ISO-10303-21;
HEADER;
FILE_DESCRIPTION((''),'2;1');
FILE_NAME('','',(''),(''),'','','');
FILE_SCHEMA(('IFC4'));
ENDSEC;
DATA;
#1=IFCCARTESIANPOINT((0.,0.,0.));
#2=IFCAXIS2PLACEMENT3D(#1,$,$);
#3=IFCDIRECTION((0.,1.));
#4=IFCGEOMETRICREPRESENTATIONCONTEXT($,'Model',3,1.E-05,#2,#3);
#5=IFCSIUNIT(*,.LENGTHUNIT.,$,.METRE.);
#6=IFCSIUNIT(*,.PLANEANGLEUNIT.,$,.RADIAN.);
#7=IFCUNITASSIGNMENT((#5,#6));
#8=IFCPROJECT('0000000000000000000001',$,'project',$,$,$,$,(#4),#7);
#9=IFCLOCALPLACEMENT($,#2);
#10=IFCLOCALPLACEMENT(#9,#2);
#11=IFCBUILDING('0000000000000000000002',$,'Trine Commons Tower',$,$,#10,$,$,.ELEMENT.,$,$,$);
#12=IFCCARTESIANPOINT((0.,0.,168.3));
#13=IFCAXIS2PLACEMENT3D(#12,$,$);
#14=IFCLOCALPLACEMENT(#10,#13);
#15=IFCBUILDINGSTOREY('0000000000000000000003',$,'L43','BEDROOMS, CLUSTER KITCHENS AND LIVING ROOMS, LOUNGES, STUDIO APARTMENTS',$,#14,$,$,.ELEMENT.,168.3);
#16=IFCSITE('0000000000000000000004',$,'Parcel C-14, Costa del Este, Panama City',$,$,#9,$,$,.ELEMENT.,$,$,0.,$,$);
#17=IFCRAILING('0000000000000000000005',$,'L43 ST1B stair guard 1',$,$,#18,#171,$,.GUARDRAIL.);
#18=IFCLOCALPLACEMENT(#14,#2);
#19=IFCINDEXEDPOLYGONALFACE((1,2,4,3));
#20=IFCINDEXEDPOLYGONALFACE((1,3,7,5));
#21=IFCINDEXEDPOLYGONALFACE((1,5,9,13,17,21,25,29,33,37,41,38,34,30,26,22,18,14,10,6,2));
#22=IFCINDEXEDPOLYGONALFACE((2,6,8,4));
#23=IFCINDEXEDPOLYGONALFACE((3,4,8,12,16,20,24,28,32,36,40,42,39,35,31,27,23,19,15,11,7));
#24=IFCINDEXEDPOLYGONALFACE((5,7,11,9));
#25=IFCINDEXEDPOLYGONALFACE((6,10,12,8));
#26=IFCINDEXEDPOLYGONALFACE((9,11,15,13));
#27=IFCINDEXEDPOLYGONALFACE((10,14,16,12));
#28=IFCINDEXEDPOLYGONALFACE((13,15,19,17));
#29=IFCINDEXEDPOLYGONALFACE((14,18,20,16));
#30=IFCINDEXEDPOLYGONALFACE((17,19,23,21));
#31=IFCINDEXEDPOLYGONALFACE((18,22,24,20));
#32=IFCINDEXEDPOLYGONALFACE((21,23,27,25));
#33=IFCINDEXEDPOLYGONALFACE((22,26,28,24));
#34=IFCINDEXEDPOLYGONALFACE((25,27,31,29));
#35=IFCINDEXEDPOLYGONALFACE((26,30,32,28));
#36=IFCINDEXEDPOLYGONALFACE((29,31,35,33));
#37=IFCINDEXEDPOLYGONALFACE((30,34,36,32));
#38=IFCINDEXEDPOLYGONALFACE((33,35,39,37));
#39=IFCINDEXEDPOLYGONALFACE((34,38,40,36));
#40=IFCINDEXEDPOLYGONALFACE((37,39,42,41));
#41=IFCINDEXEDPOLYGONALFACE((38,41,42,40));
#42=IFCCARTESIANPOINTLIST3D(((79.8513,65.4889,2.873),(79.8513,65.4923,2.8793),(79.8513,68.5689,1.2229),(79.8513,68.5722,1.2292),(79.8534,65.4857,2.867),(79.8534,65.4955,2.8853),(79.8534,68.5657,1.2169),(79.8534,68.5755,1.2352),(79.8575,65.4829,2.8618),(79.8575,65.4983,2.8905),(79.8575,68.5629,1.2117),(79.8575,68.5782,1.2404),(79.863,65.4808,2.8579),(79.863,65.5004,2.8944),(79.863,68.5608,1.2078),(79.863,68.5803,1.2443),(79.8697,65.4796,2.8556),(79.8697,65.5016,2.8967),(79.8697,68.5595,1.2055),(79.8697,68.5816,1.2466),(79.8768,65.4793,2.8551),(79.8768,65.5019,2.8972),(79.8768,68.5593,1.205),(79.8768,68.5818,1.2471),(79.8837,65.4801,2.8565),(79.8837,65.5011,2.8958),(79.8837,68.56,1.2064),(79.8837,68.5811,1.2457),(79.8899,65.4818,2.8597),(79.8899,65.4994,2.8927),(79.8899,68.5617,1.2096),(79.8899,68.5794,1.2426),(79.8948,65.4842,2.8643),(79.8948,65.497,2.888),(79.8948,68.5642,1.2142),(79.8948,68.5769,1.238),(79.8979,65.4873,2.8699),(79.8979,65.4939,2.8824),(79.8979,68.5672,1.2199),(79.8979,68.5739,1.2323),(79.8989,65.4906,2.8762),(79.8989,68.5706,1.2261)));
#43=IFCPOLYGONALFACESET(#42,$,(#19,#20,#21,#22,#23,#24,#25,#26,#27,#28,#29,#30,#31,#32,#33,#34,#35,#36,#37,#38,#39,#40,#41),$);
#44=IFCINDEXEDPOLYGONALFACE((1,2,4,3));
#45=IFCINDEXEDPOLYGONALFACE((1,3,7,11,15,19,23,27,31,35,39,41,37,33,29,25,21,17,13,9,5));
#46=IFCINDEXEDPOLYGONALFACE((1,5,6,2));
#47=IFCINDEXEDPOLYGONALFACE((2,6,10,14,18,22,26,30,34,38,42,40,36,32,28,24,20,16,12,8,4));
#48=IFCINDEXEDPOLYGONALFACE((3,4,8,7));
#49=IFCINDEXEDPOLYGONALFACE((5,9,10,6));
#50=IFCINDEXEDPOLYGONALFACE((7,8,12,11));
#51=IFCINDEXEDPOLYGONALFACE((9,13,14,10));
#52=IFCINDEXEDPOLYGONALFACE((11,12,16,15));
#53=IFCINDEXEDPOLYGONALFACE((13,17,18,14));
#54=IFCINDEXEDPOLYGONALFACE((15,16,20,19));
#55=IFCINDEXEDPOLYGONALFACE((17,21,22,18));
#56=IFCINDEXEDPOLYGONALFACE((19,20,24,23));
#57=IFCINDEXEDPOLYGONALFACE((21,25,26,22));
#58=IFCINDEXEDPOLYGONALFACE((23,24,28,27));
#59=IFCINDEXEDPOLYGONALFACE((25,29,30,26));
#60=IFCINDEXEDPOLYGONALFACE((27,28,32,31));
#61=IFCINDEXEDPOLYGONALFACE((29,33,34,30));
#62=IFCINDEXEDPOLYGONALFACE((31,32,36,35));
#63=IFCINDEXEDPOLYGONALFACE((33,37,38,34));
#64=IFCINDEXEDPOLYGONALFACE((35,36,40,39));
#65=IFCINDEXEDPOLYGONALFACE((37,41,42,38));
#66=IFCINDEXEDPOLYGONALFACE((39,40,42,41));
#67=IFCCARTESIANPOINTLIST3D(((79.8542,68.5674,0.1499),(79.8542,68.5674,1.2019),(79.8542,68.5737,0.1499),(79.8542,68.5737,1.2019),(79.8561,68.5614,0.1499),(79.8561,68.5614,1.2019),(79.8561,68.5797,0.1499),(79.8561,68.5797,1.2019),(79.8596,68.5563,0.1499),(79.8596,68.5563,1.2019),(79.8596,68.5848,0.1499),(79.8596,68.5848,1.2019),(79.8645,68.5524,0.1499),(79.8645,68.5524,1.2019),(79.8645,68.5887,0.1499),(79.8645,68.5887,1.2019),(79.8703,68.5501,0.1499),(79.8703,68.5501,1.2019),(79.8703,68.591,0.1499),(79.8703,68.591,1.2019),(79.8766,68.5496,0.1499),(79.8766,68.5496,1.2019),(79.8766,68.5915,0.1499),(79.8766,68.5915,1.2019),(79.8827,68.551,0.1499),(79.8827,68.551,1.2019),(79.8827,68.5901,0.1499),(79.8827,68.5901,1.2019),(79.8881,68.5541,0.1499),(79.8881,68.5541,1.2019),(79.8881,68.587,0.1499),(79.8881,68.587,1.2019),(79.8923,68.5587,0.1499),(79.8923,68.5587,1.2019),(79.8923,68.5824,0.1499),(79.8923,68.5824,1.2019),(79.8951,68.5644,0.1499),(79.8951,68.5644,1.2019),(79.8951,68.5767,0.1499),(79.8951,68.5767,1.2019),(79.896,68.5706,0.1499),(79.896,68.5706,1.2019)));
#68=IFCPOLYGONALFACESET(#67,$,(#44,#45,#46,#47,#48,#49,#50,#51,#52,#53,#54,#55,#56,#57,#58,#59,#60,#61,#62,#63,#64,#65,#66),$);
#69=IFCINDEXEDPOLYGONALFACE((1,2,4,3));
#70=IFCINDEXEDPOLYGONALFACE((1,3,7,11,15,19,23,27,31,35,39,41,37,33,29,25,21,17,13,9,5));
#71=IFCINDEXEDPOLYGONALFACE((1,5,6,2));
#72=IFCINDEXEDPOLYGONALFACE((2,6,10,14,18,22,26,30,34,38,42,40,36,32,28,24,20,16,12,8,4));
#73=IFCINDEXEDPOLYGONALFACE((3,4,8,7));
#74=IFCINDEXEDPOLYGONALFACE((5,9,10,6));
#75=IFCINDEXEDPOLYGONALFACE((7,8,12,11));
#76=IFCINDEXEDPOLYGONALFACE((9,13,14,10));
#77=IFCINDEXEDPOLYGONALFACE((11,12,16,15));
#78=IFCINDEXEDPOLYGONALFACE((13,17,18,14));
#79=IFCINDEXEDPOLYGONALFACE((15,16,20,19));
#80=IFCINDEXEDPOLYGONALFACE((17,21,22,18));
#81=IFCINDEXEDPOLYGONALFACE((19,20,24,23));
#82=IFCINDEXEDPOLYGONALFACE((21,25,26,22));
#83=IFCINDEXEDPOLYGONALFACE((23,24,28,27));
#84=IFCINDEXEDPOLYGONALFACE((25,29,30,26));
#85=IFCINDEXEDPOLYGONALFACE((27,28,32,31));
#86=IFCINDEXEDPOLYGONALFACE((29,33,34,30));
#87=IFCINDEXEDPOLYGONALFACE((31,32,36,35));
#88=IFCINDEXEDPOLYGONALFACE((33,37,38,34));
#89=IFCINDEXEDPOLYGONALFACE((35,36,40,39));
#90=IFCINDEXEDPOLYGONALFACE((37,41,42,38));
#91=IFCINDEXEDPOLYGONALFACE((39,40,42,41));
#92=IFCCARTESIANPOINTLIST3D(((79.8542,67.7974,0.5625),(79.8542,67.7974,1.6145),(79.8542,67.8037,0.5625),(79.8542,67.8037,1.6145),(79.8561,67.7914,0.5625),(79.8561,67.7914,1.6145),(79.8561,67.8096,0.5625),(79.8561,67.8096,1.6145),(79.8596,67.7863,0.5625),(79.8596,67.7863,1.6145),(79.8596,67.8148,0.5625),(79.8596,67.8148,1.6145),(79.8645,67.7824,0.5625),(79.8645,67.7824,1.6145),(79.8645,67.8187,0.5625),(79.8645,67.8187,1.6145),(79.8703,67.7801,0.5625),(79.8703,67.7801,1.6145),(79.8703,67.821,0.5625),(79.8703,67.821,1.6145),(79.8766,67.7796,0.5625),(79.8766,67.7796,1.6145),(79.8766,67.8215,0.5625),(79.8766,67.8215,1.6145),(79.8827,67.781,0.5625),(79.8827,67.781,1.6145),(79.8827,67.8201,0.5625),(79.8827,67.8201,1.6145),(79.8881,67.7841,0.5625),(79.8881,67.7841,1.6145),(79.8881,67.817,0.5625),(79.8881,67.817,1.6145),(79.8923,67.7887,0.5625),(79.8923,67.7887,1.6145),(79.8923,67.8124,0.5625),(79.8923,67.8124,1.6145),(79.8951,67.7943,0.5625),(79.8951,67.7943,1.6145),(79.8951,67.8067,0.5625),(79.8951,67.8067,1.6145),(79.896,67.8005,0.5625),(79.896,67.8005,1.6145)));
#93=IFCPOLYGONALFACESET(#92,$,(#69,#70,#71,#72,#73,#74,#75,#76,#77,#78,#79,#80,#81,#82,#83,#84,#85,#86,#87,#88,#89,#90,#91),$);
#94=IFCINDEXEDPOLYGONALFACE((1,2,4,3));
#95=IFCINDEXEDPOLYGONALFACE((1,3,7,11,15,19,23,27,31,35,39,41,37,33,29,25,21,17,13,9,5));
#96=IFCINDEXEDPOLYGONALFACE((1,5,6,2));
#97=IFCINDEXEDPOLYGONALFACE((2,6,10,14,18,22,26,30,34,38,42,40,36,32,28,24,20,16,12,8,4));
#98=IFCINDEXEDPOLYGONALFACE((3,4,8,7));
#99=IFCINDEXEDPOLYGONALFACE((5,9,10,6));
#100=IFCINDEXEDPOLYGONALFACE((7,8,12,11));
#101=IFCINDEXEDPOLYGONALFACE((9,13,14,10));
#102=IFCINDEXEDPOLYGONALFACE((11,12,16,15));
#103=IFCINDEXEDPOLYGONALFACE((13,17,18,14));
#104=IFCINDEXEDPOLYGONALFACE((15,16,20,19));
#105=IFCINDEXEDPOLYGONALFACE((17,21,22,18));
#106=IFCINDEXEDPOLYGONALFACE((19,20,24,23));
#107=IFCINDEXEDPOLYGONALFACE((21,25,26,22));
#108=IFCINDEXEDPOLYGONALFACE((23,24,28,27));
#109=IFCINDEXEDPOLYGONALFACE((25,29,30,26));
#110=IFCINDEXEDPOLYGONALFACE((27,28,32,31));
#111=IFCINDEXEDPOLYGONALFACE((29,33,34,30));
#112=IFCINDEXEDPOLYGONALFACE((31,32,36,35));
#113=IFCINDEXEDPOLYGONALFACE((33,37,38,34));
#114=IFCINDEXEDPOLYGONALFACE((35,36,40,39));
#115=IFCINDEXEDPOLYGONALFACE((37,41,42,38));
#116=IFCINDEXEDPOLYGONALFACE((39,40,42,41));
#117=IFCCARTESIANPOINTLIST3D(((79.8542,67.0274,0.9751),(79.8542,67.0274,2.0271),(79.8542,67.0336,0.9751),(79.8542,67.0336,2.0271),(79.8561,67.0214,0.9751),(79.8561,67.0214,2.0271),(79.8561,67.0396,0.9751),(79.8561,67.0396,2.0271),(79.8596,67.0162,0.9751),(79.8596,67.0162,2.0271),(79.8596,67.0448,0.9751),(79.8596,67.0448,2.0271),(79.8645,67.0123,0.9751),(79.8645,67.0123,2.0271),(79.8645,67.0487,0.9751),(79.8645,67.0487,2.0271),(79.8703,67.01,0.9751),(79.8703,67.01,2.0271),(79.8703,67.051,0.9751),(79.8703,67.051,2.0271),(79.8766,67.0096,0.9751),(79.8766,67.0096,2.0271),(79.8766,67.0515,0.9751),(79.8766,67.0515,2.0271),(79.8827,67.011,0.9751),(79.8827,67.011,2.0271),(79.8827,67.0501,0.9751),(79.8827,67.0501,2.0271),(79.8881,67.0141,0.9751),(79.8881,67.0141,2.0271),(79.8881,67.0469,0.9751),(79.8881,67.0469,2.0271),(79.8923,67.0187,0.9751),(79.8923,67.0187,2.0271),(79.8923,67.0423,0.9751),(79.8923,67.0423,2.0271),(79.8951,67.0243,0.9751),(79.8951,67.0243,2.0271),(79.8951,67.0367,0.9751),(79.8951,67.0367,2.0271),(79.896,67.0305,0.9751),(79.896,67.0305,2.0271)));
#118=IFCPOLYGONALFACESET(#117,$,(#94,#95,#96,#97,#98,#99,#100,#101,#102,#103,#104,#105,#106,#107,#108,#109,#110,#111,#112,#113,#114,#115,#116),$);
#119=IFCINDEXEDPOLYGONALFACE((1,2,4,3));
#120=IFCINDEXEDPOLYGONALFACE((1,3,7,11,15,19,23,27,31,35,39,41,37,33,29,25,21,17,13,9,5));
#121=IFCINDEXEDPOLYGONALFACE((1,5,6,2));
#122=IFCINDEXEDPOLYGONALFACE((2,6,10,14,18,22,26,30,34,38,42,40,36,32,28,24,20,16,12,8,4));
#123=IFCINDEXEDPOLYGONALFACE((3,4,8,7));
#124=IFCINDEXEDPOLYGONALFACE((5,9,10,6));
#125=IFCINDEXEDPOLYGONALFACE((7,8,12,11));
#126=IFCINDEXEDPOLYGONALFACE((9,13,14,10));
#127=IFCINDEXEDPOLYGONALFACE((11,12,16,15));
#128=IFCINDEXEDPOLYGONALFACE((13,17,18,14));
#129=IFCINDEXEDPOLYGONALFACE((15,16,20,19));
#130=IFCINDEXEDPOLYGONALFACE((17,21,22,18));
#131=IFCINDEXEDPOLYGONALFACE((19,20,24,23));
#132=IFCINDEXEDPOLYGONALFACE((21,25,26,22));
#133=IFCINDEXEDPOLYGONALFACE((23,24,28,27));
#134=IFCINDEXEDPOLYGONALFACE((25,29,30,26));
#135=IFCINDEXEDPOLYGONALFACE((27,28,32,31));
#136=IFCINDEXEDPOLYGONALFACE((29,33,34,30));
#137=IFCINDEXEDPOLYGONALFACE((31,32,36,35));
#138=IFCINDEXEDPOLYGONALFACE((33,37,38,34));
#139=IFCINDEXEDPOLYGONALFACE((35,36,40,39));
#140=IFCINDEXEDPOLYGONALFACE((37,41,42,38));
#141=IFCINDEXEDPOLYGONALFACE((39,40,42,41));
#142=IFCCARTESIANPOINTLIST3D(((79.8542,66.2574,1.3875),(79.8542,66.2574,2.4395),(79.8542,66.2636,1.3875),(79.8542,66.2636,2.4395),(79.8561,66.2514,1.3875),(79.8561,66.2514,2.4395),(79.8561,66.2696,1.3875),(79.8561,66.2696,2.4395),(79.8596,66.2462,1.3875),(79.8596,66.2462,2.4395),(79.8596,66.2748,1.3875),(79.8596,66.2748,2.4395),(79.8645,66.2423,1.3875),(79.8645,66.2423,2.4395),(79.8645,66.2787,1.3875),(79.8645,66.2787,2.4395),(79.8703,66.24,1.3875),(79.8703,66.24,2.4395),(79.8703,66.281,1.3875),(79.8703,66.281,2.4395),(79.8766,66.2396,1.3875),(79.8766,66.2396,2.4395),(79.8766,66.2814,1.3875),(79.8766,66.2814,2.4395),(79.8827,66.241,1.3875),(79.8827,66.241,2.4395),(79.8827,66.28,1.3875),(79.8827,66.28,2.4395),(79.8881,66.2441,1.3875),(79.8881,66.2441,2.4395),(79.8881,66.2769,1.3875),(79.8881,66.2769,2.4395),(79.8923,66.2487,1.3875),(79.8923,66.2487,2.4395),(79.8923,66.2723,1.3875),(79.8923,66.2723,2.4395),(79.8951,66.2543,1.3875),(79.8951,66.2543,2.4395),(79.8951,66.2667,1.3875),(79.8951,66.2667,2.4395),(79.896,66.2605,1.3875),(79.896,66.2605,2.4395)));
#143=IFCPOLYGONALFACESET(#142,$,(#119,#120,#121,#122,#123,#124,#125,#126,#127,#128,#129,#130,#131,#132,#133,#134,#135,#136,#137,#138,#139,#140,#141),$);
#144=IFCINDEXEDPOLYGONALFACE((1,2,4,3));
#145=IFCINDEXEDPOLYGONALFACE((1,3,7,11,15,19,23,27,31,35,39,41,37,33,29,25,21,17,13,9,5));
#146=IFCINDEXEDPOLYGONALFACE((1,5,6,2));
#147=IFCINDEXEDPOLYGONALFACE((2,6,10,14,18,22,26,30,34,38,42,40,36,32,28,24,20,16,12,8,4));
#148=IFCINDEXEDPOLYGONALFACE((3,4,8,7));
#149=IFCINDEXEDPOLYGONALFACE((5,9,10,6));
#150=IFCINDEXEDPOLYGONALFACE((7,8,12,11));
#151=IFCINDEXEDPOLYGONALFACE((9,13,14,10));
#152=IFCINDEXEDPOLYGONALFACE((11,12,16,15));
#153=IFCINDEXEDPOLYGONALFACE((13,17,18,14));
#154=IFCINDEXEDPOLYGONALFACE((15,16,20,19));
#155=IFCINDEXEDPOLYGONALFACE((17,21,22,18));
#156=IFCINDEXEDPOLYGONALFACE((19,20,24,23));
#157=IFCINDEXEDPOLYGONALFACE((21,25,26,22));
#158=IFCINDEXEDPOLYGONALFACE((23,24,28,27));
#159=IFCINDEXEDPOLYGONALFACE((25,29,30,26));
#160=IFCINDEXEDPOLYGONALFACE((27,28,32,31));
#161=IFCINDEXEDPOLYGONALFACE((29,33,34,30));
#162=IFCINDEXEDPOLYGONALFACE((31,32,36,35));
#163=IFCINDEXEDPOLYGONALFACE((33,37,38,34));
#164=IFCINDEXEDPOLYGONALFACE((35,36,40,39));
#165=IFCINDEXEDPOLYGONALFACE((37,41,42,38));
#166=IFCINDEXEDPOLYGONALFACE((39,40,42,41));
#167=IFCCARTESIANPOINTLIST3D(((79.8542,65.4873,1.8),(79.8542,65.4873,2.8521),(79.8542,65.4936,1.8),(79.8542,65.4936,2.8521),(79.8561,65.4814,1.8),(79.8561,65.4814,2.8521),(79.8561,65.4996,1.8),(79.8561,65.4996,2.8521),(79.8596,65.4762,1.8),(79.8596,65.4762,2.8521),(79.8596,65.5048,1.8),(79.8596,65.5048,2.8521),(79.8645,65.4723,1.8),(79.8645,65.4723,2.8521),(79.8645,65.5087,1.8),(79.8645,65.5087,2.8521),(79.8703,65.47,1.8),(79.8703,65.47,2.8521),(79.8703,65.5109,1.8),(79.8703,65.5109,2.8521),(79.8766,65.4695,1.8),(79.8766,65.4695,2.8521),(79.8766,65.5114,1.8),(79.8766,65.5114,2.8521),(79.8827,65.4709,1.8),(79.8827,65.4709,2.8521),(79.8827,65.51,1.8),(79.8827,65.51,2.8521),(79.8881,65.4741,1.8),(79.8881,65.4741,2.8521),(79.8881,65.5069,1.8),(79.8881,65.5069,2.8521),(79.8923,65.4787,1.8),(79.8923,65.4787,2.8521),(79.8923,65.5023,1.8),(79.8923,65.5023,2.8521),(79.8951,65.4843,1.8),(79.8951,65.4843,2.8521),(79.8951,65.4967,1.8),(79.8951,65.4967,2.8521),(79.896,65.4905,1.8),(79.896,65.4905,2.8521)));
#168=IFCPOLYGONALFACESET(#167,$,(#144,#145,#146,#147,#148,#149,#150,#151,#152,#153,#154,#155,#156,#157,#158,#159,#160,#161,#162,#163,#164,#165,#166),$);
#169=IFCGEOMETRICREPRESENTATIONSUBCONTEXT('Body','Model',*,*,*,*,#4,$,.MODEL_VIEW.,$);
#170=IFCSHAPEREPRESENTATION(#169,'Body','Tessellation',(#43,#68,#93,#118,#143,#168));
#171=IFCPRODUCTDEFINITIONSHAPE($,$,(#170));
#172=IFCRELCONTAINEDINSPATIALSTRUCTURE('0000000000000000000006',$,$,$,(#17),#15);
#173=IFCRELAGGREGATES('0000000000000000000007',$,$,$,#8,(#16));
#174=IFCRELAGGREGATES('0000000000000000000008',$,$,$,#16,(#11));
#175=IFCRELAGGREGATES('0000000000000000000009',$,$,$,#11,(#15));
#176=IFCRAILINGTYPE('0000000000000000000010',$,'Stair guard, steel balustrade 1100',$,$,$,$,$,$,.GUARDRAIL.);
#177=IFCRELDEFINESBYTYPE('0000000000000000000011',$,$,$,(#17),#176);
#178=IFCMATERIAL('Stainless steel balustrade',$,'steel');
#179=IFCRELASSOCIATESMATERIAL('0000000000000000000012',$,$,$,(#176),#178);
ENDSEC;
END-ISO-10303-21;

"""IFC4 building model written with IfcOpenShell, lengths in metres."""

from ifc_helpers import new_model, si_unit, direction, frame, origin, origin_2d, place, context, subcontext, project, spatial, circle, extrude, material, type_object, element, save


model = new_model("IFC4")

# Units and contexts
model_context = context("Model", 3, precision=1e-05, world=origin(), true_north=direction((0.0, 1.0)))
body_context = subcontext(model_context, "Body", "Model", "MODEL_VIEW")
ifc_project = project(units=[si_unit("LENGTHUNIT", "METRE"), si_unit("PLANEANGLEUNIT", "RADIAN")], contexts=[model_context])

# Site, building, storey
site_placement = place(None, origin())
site = spatial("IfcSite", under=ifc_project, at=site_placement, Name="Parcel C-14, Costa del Este, Panama City", CompositionType="ELEMENT", RefElevation=0.0)
building_placement = place(site_placement, origin())
building = spatial("IfcBuilding", under=site, at=building_placement, Name="Trine Commons Tower", CompositionType="ELEMENT")
storey_placement = place(building_placement, frame((0.0, 0.0, 168.3)))
storey = spatial("IfcBuildingStorey", under=building, at=storey_placement, Name="L43", Description="BEDROOMS, CLUSTER KITCHENS AND LIVING ROOMS, LOUNGES, STUDIO APARTMENTS", CompositionType="ELEMENT", Elevation=168.3)

# Railing
ifc_material_1 = material(Name="Stainless steel balustrade", Category="steel")
railing_type_1 = type_object("IfcRailingType", Name="Stair guard, steel balustrade 1100", PredefinedType="GUARDRAIL", material=ifc_material_1)
railing_1_placement = place(storey_placement, frame((79.875, 68.5706, 0.1499)))
element("IfcRailing", 1, at=railing_1_placement, inside=storey, type_object=railing_type_1, Name="L43 ST1B stair guard 1", PredefinedType="GUARDRAIL", context=body_context, shape_type="SweptSolid", body=[
    extrude(circle(Radius=0.0239, at=origin_2d()), frame((0.0, 0.0, 1.0762), z_axis=(0.0, -0.881468, 0.472245), x_axis=(1.0, 0.0, 0.0)), (0.0, 0.0, 1.0), 3.4941),
    extrude(circle(Radius=0.021, at=origin_2d()), origin(), (0.0, 0.0, 1.0), 1.052),
    extrude(circle(Radius=0.021, at=origin_2d()), frame((0.0, -0.77, 0.4126)), (0.0, 0.0, 1.0), 1.052),
    extrude(circle(Radius=0.021, at=origin_2d()), frame((0.0, -1.54, 0.8252)), (0.0, 0.0, 1.0), 1.052),
    extrude(circle(Radius=0.021, at=origin_2d()), frame((0.0, -2.3101, 1.2375)), (0.0, 0.0, 1.0), 1.052),
    extrude(circle(Radius=0.021, at=origin_2d()), frame((0.0, -3.0801, 1.6501)), (0.0, 0.0, 1.0), 1.052),
])

save(model, "model.ifc")
